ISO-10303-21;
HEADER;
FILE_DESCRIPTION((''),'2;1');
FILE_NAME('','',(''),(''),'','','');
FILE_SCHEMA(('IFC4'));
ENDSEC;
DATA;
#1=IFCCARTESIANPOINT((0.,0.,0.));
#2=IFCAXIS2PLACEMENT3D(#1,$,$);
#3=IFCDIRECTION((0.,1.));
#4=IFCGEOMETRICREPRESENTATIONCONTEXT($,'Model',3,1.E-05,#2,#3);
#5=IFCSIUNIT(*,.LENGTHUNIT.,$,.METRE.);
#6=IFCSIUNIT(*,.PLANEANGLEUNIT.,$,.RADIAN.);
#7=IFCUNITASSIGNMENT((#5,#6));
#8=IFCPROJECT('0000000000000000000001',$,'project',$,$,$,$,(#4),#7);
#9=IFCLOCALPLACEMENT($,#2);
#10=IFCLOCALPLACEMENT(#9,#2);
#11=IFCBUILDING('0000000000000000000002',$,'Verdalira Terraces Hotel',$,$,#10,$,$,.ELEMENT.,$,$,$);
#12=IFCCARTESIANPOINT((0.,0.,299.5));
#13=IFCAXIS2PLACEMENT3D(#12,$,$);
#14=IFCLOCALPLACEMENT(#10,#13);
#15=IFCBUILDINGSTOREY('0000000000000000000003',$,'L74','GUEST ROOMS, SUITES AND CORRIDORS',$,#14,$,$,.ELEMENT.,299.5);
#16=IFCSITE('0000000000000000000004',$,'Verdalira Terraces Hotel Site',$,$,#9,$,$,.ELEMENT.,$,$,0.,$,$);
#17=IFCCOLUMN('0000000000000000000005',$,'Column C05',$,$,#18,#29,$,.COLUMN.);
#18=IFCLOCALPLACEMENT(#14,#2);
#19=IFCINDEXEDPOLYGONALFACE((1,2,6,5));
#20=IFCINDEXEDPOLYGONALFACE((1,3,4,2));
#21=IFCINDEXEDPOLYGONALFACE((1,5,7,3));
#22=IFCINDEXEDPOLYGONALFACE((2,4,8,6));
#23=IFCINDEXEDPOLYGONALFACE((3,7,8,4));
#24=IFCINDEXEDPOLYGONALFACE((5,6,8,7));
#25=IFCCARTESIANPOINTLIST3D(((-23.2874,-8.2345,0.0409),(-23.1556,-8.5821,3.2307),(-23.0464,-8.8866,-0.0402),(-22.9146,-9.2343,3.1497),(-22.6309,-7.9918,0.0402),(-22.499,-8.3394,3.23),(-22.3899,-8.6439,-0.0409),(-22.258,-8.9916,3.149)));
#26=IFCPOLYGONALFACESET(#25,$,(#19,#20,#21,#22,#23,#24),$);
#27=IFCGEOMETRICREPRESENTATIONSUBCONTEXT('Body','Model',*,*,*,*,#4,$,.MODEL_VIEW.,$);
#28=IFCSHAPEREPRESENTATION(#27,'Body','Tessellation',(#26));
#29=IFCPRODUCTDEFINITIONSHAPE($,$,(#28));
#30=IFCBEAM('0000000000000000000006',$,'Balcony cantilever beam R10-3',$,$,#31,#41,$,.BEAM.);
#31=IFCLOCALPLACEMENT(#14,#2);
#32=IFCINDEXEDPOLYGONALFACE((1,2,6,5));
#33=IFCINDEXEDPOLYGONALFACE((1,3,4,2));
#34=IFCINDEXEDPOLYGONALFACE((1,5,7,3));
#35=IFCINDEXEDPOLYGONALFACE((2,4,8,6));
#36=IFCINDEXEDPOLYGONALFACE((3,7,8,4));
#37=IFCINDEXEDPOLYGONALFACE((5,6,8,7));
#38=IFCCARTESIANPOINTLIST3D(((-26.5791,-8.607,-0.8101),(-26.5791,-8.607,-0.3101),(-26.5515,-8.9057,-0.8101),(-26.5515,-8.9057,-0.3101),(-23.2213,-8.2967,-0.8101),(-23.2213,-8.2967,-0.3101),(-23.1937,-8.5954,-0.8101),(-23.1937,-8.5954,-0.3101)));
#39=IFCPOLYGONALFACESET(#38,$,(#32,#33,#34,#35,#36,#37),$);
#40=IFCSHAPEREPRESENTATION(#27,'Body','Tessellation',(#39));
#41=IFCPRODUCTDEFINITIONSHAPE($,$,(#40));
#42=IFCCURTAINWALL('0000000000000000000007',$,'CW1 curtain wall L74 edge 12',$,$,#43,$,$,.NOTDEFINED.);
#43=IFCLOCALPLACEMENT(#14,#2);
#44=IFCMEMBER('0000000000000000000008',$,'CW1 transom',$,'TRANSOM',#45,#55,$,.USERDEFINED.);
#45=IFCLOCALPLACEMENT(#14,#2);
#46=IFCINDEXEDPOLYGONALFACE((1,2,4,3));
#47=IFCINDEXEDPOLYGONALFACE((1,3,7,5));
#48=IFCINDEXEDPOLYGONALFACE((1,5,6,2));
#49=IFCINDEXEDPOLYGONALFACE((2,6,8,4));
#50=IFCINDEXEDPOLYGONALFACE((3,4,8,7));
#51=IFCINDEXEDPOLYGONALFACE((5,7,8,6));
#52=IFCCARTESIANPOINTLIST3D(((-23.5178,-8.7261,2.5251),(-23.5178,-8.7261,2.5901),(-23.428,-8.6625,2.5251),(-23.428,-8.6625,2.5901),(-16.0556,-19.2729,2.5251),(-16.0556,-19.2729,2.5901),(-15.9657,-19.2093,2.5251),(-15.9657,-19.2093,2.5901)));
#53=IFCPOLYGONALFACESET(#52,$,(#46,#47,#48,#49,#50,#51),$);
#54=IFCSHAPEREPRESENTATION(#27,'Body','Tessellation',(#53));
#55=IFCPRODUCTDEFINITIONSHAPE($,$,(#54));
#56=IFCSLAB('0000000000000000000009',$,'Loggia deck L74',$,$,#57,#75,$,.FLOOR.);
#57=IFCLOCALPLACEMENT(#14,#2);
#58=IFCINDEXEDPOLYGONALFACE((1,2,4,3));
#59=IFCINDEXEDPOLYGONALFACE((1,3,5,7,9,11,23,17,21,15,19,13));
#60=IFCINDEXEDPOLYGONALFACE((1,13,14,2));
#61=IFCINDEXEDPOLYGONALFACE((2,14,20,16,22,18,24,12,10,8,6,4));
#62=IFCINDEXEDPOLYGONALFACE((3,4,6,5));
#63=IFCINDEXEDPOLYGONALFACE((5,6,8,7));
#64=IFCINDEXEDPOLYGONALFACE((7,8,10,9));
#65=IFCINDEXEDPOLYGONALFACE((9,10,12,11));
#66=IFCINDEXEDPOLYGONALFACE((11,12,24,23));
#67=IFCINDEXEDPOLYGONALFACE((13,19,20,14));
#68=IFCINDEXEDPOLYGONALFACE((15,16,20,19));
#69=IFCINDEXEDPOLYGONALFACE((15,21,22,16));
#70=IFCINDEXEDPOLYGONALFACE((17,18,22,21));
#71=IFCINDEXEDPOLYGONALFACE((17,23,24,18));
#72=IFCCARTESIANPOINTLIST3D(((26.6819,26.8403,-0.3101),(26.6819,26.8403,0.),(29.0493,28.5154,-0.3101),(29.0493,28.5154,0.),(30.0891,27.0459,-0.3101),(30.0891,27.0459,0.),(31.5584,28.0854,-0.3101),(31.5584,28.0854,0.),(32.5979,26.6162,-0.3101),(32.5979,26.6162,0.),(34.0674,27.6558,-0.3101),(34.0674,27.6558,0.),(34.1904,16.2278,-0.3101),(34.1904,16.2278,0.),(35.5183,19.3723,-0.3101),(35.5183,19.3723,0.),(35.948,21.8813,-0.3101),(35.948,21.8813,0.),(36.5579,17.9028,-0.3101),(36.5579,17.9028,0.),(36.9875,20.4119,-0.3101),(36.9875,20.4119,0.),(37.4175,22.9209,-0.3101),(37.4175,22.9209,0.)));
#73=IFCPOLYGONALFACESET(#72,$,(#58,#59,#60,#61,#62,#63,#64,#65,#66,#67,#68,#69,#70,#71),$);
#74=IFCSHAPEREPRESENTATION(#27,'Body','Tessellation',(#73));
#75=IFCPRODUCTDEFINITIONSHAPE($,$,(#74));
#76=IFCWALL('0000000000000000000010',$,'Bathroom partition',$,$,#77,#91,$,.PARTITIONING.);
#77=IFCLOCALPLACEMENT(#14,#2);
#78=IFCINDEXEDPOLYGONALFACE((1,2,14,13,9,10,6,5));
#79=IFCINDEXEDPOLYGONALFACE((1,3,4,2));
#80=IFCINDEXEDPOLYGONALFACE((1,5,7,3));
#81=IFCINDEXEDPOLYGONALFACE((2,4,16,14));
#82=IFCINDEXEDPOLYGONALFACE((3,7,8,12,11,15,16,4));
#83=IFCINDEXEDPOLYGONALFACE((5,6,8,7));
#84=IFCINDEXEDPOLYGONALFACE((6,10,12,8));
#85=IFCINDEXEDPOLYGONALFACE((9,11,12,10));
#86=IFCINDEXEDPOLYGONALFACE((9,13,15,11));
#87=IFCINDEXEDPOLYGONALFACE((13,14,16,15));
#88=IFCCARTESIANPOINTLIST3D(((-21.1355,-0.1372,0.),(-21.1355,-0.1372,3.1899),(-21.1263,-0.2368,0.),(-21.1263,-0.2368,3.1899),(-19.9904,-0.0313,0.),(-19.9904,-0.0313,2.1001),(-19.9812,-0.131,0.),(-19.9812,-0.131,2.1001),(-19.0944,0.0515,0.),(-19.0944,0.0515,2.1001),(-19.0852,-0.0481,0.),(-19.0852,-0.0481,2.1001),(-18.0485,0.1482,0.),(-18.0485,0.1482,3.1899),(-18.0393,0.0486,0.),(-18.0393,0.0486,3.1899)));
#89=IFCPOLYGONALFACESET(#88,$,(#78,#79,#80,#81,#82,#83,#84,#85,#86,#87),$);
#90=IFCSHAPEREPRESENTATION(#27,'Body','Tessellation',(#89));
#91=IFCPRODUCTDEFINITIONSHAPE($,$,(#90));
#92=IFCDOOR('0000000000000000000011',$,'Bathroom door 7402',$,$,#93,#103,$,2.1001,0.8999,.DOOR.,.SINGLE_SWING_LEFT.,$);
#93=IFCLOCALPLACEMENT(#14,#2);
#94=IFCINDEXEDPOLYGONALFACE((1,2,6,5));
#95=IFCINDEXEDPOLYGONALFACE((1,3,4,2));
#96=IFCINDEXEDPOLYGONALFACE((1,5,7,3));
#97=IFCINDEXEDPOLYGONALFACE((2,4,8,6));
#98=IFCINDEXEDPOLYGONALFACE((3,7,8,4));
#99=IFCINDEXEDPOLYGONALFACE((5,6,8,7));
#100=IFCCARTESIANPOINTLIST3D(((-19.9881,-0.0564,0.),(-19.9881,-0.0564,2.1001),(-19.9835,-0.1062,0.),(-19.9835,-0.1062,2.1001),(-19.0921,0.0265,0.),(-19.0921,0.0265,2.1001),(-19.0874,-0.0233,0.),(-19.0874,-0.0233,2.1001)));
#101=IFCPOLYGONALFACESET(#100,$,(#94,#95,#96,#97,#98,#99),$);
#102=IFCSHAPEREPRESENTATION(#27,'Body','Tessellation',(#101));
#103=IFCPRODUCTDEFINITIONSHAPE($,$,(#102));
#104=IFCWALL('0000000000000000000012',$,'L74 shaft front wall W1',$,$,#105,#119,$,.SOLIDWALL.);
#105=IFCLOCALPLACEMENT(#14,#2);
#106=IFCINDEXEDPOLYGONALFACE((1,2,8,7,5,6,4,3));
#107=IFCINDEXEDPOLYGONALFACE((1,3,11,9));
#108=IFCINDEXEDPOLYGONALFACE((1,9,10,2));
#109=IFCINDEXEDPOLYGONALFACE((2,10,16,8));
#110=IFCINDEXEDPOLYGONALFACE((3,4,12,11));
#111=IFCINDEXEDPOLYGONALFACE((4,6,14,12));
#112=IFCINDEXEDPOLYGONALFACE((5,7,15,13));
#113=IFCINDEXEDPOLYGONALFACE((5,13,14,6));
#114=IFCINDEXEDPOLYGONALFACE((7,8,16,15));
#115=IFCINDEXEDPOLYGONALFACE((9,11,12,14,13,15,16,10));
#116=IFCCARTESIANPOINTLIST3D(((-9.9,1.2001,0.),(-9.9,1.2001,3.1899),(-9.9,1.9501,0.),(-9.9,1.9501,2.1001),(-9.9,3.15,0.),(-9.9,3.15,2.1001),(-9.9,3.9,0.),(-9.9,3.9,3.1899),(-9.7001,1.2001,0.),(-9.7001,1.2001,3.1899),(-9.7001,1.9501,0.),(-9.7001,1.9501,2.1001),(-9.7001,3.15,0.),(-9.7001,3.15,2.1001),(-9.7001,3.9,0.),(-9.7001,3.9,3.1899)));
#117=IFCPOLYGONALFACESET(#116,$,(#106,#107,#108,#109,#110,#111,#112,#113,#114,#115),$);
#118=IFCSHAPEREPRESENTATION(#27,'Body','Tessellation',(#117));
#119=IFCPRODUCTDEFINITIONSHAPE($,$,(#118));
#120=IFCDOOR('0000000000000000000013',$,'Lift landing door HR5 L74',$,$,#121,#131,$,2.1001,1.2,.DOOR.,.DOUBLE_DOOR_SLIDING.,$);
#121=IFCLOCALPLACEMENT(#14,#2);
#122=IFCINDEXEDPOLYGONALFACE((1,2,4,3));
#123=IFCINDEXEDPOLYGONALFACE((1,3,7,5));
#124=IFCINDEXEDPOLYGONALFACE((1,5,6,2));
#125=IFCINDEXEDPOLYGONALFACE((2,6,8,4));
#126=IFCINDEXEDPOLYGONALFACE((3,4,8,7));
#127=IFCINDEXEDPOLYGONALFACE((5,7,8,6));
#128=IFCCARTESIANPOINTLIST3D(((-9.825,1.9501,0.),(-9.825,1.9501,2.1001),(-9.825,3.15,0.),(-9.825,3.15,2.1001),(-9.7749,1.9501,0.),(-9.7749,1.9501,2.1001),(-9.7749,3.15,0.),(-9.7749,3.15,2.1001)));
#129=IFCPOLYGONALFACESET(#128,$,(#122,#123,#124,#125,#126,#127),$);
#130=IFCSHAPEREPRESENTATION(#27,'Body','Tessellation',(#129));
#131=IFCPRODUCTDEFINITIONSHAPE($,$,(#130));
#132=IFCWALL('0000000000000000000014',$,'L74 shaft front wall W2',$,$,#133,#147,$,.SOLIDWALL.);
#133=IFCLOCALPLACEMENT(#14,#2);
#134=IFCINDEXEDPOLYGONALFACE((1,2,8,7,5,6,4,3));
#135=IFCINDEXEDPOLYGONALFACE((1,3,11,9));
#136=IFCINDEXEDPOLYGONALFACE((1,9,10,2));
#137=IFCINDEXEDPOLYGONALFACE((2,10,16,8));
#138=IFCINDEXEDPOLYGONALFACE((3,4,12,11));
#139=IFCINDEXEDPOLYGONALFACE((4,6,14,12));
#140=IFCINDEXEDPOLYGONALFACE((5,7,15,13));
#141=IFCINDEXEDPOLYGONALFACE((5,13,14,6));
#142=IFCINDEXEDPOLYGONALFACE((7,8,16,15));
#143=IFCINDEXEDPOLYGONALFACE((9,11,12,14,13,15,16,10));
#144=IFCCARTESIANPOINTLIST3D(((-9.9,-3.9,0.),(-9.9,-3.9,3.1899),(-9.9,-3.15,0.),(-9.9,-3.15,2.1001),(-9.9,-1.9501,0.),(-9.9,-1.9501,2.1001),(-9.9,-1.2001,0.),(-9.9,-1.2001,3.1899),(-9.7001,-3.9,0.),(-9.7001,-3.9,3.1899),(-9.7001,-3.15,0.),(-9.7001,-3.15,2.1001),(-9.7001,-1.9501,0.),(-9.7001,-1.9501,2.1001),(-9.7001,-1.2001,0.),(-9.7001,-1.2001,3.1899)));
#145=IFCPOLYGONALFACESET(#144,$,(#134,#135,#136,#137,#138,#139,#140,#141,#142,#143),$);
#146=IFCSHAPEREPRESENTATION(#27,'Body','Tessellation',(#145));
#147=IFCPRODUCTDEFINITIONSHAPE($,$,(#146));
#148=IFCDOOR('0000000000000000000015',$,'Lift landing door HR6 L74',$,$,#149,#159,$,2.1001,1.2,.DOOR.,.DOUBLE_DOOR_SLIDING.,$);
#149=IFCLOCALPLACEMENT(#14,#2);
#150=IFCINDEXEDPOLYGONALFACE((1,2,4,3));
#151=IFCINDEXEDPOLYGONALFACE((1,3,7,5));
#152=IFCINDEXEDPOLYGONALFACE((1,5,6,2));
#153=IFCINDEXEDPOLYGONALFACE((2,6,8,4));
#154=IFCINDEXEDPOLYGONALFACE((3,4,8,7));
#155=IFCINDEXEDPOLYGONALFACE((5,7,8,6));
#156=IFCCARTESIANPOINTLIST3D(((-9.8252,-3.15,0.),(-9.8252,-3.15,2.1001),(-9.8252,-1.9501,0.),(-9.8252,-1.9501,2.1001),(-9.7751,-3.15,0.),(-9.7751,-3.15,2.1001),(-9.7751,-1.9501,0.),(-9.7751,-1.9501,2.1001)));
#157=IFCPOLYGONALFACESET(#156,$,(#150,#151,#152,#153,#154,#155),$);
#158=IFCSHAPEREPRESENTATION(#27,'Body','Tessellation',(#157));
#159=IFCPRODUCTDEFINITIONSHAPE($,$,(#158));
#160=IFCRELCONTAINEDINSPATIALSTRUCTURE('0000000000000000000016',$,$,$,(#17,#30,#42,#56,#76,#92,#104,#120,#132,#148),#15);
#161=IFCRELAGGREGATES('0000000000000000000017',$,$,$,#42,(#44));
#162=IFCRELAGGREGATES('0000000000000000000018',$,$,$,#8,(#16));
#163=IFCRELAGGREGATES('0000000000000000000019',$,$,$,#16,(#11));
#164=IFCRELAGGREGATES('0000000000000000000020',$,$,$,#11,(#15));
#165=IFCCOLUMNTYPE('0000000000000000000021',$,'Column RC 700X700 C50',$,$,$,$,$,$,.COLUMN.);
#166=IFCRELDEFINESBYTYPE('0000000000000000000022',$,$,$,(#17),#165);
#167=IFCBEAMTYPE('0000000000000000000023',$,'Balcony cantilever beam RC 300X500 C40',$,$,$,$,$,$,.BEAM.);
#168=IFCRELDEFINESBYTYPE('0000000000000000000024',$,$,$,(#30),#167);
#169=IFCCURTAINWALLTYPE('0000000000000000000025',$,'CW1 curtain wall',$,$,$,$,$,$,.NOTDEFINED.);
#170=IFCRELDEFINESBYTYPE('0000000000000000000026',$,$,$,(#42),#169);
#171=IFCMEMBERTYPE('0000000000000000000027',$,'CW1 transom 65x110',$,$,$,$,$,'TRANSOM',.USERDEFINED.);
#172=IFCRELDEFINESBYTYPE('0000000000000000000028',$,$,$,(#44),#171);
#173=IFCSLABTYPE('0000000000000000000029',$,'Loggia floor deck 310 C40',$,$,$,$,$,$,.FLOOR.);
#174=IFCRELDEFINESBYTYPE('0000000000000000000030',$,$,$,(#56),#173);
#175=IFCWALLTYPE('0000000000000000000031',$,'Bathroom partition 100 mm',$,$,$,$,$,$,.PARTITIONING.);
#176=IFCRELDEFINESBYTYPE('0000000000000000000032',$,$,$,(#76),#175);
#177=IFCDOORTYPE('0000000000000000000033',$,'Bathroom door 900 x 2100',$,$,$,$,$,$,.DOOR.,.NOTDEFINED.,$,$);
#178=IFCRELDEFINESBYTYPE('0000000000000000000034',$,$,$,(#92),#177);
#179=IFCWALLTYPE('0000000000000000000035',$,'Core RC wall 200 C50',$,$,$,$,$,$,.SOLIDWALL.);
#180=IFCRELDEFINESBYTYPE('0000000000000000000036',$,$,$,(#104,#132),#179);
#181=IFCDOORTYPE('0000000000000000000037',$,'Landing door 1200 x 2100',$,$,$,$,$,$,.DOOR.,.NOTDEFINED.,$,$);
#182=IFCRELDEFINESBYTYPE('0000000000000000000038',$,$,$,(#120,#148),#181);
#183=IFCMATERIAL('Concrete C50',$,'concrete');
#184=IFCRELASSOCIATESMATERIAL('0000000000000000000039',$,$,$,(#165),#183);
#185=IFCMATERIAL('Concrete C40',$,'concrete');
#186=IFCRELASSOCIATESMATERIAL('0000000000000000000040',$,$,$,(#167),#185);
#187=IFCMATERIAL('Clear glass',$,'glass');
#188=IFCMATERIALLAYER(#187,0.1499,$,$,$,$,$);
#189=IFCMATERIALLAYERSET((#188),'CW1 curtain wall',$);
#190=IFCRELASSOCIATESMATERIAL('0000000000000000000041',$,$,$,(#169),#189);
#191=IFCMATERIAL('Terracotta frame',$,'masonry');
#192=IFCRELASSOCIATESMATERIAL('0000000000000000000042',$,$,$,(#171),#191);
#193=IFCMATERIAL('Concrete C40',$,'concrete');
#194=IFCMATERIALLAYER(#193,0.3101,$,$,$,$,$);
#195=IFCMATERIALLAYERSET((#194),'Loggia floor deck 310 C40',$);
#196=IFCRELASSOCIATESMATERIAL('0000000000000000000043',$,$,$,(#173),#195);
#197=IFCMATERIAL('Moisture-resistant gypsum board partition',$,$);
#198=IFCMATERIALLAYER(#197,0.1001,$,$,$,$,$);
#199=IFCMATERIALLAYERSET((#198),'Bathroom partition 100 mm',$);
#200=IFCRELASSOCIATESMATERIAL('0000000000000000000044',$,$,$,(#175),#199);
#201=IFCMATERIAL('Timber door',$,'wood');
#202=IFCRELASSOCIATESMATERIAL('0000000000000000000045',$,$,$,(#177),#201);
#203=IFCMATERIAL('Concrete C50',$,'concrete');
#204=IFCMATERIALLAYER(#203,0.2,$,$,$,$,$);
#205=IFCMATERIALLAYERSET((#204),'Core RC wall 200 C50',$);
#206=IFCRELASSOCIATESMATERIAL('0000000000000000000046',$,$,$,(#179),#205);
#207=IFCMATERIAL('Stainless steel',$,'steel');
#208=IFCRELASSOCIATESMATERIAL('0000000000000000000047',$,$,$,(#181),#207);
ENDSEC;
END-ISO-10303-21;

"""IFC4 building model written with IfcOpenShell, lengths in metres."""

from ifc_helpers import new_model, si_unit, direction, frame, frame_2d, origin, origin_2d, place, context, subcontext, project, spatial, polyline, rectangle, outline, extrude, material, layer, layer_set, material_profile, profile_set, type_object, element, fill, aggregate, save


model = new_model("IFC4")

# Units and contexts
model_context = context("Model", 3, precision=1e-05, world=origin(), true_north=direction((0.0, 1.0)))
body_context = subcontext(model_context, "Body", "Model", "MODEL_VIEW")
ifc_project = project(units=[si_unit("LENGTHUNIT", "METRE"), si_unit("PLANEANGLEUNIT", "RADIAN")], contexts=[model_context])

# Site, building, storey
site_placement = place(None, origin())
site = spatial("IfcSite", under=ifc_project, at=site_placement, Name="Verdalira Terraces Hotel Site", CompositionType="ELEMENT", RefElevation=0.0)
building_placement = place(site_placement, origin())
building = spatial("IfcBuilding", under=site, at=building_placement, Name="Verdalira Terraces Hotel", CompositionType="ELEMENT")
storey_placement = place(building_placement, frame((0.0, 0.0, 299.5)))
storey = spatial("IfcBuildingStorey", under=building, at=storey_placement, Name="L74", Description="GUEST ROOMS, SUITES AND CORRIDORS", CompositionType="ELEMENT", Elevation=299.5)

# Column
ifc_material_1 = material(Name="Concrete C50", Category="concrete")
ifc_material_profile_1 = material_profile(ifc_material_1, rectangle(XDim=0.7, YDim=0.7, at=origin_2d()), Name="RC 700X700")
ifc_profile_set_1 = profile_set([ifc_material_profile_1], Name="Concrete C50")
column_type = type_object("IfcColumnType", Name="Column RC 700X700 C50", PredefinedType="COLUMN", material=ifc_profile_set_1)
column_placement = place(storey_placement, frame((-22.8386, -8.4392, 0.0), z_axis=(0.041051, -0.108252, 0.993276), x_axis=(-0.344293, 0.931697, 0.11577)))
element("IfcColumn", 1, at=column_placement, inside=storey, type_object=column_type, Name="Column C05", PredefinedType="COLUMN", context=body_context, shape_type="SweptSolid", body=[
    extrude(rectangle(XDim=0.7, YDim=0.7, at=origin_2d()), origin(), (0.0, 0.0, 1.0), 3.2114),
])

# Beam
ifc_material_2 = material(Name="Concrete C40", Category="concrete")
ifc_material_profile_2 = material_profile(ifc_material_2, rectangle(XDim=0.3, YDim=0.5, at=origin_2d()), Name="RC 300X500")
ifc_profile_set_2 = profile_set([ifc_material_profile_2], Name="Concrete C40")
beam_type = type_object("IfcBeamType", Name="Balcony cantilever beam RC 300X500 C40", PredefinedType="BEAM", material=ifc_profile_set_2)
beam_placement = place(storey_placement, frame((-23.2075, -8.446, -0.5601), z_axis=(-0.995757, -0.092024, 0.0), x_axis=(0.092024, -0.995757, 0.0)))
element("IfcBeam", 2, at=beam_placement, inside=storey, type_object=beam_type, Name="Balcony cantilever beam R10-3", PredefinedType="BEAM", context=body_context, shape_type="SweptSolid", body=[
    extrude(rectangle(XDim=0.3, YDim=0.5, at=origin_2d()), origin(), (0.0, 0.0, 1.0), 3.3721),
])

# Curtain wall, member
ifc_material_3 = material(Name="Clear glass", Category="glass")
ifc_layer_1 = layer(ifc_material_3, 0.1499)
ifc_layer_set_1 = layer_set([ifc_layer_1], Name="CW1 curtain wall")
curtain_wall_type = type_object("IfcCurtainWallType", Name="CW1 curtain wall", PredefinedType="NOTDEFINED", material=ifc_layer_set_1)
curtain_wall_placement = place(storey_placement, origin())
curtain_wall = element("IfcCurtainWall", 3, at=curtain_wall_placement, inside=storey, type_object=curtain_wall_type, Name="CW1 curtain wall L74 edge 12", PredefinedType="NOTDEFINED")
ifc_material_4 = material(Name="Terracotta frame", Category="masonry")
ifc_material_profile_3 = material_profile(ifc_material_4, rectangle(XDim=0.1101, YDim=0.0649, at=origin_2d()), Name="TR 65x110")
ifc_profile_set_3 = profile_set([ifc_material_profile_3], Name="Terracotta frame")
member_type = type_object("IfcMemberType", Name="CW1 transom 65x110", ElementType="TRANSOM", PredefinedType="USERDEFINED", material=ifc_profile_set_3)
member_placement = place(storey_placement, frame((-23.4729, -8.6943, 2.5576), z_axis=(0.577586, -0.81633, 0.0), x_axis=(0.81633, 0.577586, 0.0)))
member = element("IfcMember", 4, at=member_placement, type_object=member_type, Name="CW1 transom", ObjectType="TRANSOM", PredefinedType="USERDEFINED", context=body_context, shape_type="SweptSolid", body=[
    extrude(rectangle(XDim=0.1101, YDim=0.0649, at=origin_2d()), origin(), (0.0, 0.0, 1.0), 12.9197),
])
aggregate(curtain_wall, [member])

# Slab
ifc_material_5 = material(Name="Concrete C40", Category="concrete")
ifc_layer_2 = layer(ifc_material_5, 0.3101)
ifc_layer_set_2 = layer_set([ifc_layer_2], Name="Loggia floor deck 310 C40")
slab_type = type_object("IfcSlabType", Name="Loggia floor deck 310 C40", PredefinedType="FLOOR", material=ifc_layer_set_2)
slab_placement = place(storey_placement, frame((0.0, 0.0, -0.3101)))
element("IfcSlab", 5, at=slab_placement, inside=storey, type_object=slab_type, Name="Loggia deck L74", PredefinedType="FLOOR", context=body_context, shape_type="SweptSolid", body=[
    extrude(outline(polyline([(29.0493, 28.5154), (26.6819, 26.8403), (34.1904, 16.2278), (36.5579, 17.9028), (35.5183, 19.3723), (36.9875, 20.4119), (35.948, 21.8813), (37.4175, 22.9209), (34.0674, 27.6558), (32.5979, 26.6162), (31.5584, 28.0854), (30.0891, 27.0459), (29.0493, 28.5154)])), origin(), (0.0, 0.0, 1.0), 0.3101),
])

# Walls, openings, doors
ifc_material_6 = material(Name="Moisture-resistant gypsum board partition")
ifc_layer_3 = layer(ifc_material_6, 0.1001)
ifc_layer_set_3 = layer_set([ifc_layer_3], Name="Bathroom partition 100 mm")
wall_type_1 = type_object("IfcWallType", Name="Bathroom partition 100 mm", PredefinedType="PARTITIONING", material=ifc_layer_set_3)
wall_1_placement = place(storey_placement, frame((-21.1309, -0.187, 0.0), z_axis=(0.0, 0.0, 1.0), x_axis=(0.995753, 0.092062, 0.0)))
wall_1 = element("IfcWall", 6, at=wall_1_placement, inside=storey, type_object=wall_type_1, Name="Bathroom partition", PredefinedType="PARTITIONING", context=body_context, shape_type="SweptSolid", body=[
    extrude(rectangle(XDim=3.1001, YDim=0.1001, at=frame_2d((1.55, 0.0))), origin(), (0.0, 0.0, 1.0), 3.1899),
])
opening_1_placement = place(wall_1_placement, frame((1.1499, 0.0, 0.0)))
opening_1 = element("IfcOpeningElement", 7, at=opening_1_placement, cuts=wall_1, PredefinedType="OPENING", context=body_context, shape_type="SweptSolid", body=[
    extrude(rectangle(XDim=0.8999, YDim=2.1001, at=frame_2d((0.45, 1.05))), frame((0.0, 0.0601, 0.0), z_axis=(0.0, -1.0, 0.0), x_axis=(1.0, 0.0, 0.0)), (0.0, 0.0, 1.0), 0.1201),
])
ifc_material_7 = material(Name="Timber door", Category="wood")
door_type_1 = type_object("IfcDoorType", Name="Bathroom door 900 x 2100", OperationType="NOTDEFINED", PredefinedType="DOOR", material=ifc_material_7)
door_1_placement = place(opening_1_placement, origin())
door_1 = element("IfcDoor", 8, at=door_1_placement, inside=storey, type_object=door_type_1, Name="Bathroom door 7402", OperationType="SINGLE_SWING_LEFT", OverallHeight=2.1001, OverallWidth=0.8999, PredefinedType="DOOR", context=body_context, shape_type="SweptSolid", body=[
    extrude(rectangle(XDim=0.8999, YDim=2.1001, at=frame_2d((0.45, 1.05))), frame((0.0, 0.0249, 0.0), z_axis=(0.0, -1.0, 0.0), x_axis=(1.0, 0.0, 0.0)), (0.0, 0.0, 1.0), 0.05),
])
fill(opening_1, door_1)
ifc_material_8 = material(Name="Concrete C50", Category="concrete")
ifc_layer_4 = layer(ifc_material_8, 0.2)
ifc_layer_set_4 = layer_set([ifc_layer_4], Name="Core RC wall 200 C50")
wall_type_2 = type_object("IfcWallType", Name="Core RC wall 200 C50", PredefinedType="SOLIDWALL", material=ifc_layer_set_4)
wall_2_placement = place(storey_placement, frame((-9.8, 1.2, 0.0), z_axis=(0.0, 0.0, 1.0), x_axis=(0.0, 1.0, 0.0)))
wall_2 = element("IfcWall", 9, at=wall_2_placement, inside=storey, type_object=wall_type_2, Name="L74 shaft front wall W1", PredefinedType="SOLIDWALL", context=body_context, shape_type="SweptSolid", body=[
    extrude(rectangle(XDim=2.7, YDim=0.2, at=frame_2d((1.3501, 0.0))), origin(), (0.0, 0.0, 1.0), 3.1899),
])
opening_2_placement = place(wall_2_placement, frame((0.75, 0.0, 0.0)))
opening_2 = element("IfcOpeningElement", 10, at=opening_2_placement, cuts=wall_2, PredefinedType="OPENING", context=body_context, shape_type="SweptSolid", body=[
    extrude(rectangle(XDim=1.2, YDim=2.1001, at=frame_2d((0.6001, 1.05))), frame((0.0, 0.1099, 0.0), z_axis=(0.0, -1.0, 0.0), x_axis=(1.0, 0.0, 0.0)), (0.0, 0.0, 1.0), 0.22),
])
ifc_material_9 = material(Name="Stainless steel", Category="steel")
door_type_2 = type_object("IfcDoorType", Name="Landing door 1200 x 2100", OperationType="NOTDEFINED", PredefinedType="DOOR", material=ifc_material_9)
door_2_placement = place(opening_2_placement, origin())
door_2 = element("IfcDoor", 11, at=door_2_placement, inside=storey, type_object=door_type_2, Name="Lift landing door HR5 L74", OperationType="DOUBLE_DOOR_SLIDING", OverallHeight=2.1001, OverallWidth=1.2, PredefinedType="DOOR", context=body_context, shape_type="SweptSolid", body=[
    extrude(rectangle(XDim=1.2, YDim=2.1001, at=frame_2d((0.6001, 1.05))), frame((0.0, 0.0249, 0.0), z_axis=(0.0, -1.0, 0.0), x_axis=(1.0, 0.0, 0.0)), (0.0, 0.0, 1.0), 0.05),
])
fill(opening_2, door_2)
wall_3_placement = place(storey_placement, frame((-9.8, -1.2, 0.0), z_axis=(0.0, 0.0, 1.0), x_axis=(0.0, -1.0, 0.0)))
wall_3 = element("IfcWall", 12, at=wall_3_placement, inside=storey, type_object=wall_type_2, Name="L74 shaft front wall W2", PredefinedType="SOLIDWALL", context=body_context, shape_type="SweptSolid", body=[
    extrude(rectangle(XDim=2.7, YDim=0.2, at=frame_2d((1.3501, 0.0))), origin(), (0.0, 0.0, 1.0), 3.1899),
])
opening_3_placement = place(wall_3_placement, frame((0.75, 0.0, 0.0)))
opening_3 = element("IfcOpeningElement", 13, at=opening_3_placement, cuts=wall_3, PredefinedType="OPENING", context=body_context, shape_type="SweptSolid", body=[
    extrude(rectangle(XDim=1.2, YDim=2.1001, at=frame_2d((0.6001, 1.05))), frame((0.0, 0.1099, 0.0), z_axis=(0.0, -1.0, 0.0), x_axis=(1.0, 0.0, 0.0)), (0.0, 0.0, 1.0), 0.22),
])
door_3_placement = place(opening_3_placement, origin())
door_3 = element("IfcDoor", 14, at=door_3_placement, inside=storey, type_object=door_type_2, Name="Lift landing door HR6 L74", OperationType="DOUBLE_DOOR_SLIDING", OverallHeight=2.1001, OverallWidth=1.2, PredefinedType="DOOR", context=body_context, shape_type="SweptSolid", body=[
    extrude(rectangle(XDim=1.2, YDim=2.1001, at=frame_2d((0.6001, 1.05))), frame((0.0, 0.0249, 0.0), z_axis=(0.0, -1.0, 0.0), x_axis=(1.0, 0.0, 0.0)), (0.0, 0.0, 1.0), 0.05),
])
fill(opening_3, door_3)

save(model, "model.ifc")
